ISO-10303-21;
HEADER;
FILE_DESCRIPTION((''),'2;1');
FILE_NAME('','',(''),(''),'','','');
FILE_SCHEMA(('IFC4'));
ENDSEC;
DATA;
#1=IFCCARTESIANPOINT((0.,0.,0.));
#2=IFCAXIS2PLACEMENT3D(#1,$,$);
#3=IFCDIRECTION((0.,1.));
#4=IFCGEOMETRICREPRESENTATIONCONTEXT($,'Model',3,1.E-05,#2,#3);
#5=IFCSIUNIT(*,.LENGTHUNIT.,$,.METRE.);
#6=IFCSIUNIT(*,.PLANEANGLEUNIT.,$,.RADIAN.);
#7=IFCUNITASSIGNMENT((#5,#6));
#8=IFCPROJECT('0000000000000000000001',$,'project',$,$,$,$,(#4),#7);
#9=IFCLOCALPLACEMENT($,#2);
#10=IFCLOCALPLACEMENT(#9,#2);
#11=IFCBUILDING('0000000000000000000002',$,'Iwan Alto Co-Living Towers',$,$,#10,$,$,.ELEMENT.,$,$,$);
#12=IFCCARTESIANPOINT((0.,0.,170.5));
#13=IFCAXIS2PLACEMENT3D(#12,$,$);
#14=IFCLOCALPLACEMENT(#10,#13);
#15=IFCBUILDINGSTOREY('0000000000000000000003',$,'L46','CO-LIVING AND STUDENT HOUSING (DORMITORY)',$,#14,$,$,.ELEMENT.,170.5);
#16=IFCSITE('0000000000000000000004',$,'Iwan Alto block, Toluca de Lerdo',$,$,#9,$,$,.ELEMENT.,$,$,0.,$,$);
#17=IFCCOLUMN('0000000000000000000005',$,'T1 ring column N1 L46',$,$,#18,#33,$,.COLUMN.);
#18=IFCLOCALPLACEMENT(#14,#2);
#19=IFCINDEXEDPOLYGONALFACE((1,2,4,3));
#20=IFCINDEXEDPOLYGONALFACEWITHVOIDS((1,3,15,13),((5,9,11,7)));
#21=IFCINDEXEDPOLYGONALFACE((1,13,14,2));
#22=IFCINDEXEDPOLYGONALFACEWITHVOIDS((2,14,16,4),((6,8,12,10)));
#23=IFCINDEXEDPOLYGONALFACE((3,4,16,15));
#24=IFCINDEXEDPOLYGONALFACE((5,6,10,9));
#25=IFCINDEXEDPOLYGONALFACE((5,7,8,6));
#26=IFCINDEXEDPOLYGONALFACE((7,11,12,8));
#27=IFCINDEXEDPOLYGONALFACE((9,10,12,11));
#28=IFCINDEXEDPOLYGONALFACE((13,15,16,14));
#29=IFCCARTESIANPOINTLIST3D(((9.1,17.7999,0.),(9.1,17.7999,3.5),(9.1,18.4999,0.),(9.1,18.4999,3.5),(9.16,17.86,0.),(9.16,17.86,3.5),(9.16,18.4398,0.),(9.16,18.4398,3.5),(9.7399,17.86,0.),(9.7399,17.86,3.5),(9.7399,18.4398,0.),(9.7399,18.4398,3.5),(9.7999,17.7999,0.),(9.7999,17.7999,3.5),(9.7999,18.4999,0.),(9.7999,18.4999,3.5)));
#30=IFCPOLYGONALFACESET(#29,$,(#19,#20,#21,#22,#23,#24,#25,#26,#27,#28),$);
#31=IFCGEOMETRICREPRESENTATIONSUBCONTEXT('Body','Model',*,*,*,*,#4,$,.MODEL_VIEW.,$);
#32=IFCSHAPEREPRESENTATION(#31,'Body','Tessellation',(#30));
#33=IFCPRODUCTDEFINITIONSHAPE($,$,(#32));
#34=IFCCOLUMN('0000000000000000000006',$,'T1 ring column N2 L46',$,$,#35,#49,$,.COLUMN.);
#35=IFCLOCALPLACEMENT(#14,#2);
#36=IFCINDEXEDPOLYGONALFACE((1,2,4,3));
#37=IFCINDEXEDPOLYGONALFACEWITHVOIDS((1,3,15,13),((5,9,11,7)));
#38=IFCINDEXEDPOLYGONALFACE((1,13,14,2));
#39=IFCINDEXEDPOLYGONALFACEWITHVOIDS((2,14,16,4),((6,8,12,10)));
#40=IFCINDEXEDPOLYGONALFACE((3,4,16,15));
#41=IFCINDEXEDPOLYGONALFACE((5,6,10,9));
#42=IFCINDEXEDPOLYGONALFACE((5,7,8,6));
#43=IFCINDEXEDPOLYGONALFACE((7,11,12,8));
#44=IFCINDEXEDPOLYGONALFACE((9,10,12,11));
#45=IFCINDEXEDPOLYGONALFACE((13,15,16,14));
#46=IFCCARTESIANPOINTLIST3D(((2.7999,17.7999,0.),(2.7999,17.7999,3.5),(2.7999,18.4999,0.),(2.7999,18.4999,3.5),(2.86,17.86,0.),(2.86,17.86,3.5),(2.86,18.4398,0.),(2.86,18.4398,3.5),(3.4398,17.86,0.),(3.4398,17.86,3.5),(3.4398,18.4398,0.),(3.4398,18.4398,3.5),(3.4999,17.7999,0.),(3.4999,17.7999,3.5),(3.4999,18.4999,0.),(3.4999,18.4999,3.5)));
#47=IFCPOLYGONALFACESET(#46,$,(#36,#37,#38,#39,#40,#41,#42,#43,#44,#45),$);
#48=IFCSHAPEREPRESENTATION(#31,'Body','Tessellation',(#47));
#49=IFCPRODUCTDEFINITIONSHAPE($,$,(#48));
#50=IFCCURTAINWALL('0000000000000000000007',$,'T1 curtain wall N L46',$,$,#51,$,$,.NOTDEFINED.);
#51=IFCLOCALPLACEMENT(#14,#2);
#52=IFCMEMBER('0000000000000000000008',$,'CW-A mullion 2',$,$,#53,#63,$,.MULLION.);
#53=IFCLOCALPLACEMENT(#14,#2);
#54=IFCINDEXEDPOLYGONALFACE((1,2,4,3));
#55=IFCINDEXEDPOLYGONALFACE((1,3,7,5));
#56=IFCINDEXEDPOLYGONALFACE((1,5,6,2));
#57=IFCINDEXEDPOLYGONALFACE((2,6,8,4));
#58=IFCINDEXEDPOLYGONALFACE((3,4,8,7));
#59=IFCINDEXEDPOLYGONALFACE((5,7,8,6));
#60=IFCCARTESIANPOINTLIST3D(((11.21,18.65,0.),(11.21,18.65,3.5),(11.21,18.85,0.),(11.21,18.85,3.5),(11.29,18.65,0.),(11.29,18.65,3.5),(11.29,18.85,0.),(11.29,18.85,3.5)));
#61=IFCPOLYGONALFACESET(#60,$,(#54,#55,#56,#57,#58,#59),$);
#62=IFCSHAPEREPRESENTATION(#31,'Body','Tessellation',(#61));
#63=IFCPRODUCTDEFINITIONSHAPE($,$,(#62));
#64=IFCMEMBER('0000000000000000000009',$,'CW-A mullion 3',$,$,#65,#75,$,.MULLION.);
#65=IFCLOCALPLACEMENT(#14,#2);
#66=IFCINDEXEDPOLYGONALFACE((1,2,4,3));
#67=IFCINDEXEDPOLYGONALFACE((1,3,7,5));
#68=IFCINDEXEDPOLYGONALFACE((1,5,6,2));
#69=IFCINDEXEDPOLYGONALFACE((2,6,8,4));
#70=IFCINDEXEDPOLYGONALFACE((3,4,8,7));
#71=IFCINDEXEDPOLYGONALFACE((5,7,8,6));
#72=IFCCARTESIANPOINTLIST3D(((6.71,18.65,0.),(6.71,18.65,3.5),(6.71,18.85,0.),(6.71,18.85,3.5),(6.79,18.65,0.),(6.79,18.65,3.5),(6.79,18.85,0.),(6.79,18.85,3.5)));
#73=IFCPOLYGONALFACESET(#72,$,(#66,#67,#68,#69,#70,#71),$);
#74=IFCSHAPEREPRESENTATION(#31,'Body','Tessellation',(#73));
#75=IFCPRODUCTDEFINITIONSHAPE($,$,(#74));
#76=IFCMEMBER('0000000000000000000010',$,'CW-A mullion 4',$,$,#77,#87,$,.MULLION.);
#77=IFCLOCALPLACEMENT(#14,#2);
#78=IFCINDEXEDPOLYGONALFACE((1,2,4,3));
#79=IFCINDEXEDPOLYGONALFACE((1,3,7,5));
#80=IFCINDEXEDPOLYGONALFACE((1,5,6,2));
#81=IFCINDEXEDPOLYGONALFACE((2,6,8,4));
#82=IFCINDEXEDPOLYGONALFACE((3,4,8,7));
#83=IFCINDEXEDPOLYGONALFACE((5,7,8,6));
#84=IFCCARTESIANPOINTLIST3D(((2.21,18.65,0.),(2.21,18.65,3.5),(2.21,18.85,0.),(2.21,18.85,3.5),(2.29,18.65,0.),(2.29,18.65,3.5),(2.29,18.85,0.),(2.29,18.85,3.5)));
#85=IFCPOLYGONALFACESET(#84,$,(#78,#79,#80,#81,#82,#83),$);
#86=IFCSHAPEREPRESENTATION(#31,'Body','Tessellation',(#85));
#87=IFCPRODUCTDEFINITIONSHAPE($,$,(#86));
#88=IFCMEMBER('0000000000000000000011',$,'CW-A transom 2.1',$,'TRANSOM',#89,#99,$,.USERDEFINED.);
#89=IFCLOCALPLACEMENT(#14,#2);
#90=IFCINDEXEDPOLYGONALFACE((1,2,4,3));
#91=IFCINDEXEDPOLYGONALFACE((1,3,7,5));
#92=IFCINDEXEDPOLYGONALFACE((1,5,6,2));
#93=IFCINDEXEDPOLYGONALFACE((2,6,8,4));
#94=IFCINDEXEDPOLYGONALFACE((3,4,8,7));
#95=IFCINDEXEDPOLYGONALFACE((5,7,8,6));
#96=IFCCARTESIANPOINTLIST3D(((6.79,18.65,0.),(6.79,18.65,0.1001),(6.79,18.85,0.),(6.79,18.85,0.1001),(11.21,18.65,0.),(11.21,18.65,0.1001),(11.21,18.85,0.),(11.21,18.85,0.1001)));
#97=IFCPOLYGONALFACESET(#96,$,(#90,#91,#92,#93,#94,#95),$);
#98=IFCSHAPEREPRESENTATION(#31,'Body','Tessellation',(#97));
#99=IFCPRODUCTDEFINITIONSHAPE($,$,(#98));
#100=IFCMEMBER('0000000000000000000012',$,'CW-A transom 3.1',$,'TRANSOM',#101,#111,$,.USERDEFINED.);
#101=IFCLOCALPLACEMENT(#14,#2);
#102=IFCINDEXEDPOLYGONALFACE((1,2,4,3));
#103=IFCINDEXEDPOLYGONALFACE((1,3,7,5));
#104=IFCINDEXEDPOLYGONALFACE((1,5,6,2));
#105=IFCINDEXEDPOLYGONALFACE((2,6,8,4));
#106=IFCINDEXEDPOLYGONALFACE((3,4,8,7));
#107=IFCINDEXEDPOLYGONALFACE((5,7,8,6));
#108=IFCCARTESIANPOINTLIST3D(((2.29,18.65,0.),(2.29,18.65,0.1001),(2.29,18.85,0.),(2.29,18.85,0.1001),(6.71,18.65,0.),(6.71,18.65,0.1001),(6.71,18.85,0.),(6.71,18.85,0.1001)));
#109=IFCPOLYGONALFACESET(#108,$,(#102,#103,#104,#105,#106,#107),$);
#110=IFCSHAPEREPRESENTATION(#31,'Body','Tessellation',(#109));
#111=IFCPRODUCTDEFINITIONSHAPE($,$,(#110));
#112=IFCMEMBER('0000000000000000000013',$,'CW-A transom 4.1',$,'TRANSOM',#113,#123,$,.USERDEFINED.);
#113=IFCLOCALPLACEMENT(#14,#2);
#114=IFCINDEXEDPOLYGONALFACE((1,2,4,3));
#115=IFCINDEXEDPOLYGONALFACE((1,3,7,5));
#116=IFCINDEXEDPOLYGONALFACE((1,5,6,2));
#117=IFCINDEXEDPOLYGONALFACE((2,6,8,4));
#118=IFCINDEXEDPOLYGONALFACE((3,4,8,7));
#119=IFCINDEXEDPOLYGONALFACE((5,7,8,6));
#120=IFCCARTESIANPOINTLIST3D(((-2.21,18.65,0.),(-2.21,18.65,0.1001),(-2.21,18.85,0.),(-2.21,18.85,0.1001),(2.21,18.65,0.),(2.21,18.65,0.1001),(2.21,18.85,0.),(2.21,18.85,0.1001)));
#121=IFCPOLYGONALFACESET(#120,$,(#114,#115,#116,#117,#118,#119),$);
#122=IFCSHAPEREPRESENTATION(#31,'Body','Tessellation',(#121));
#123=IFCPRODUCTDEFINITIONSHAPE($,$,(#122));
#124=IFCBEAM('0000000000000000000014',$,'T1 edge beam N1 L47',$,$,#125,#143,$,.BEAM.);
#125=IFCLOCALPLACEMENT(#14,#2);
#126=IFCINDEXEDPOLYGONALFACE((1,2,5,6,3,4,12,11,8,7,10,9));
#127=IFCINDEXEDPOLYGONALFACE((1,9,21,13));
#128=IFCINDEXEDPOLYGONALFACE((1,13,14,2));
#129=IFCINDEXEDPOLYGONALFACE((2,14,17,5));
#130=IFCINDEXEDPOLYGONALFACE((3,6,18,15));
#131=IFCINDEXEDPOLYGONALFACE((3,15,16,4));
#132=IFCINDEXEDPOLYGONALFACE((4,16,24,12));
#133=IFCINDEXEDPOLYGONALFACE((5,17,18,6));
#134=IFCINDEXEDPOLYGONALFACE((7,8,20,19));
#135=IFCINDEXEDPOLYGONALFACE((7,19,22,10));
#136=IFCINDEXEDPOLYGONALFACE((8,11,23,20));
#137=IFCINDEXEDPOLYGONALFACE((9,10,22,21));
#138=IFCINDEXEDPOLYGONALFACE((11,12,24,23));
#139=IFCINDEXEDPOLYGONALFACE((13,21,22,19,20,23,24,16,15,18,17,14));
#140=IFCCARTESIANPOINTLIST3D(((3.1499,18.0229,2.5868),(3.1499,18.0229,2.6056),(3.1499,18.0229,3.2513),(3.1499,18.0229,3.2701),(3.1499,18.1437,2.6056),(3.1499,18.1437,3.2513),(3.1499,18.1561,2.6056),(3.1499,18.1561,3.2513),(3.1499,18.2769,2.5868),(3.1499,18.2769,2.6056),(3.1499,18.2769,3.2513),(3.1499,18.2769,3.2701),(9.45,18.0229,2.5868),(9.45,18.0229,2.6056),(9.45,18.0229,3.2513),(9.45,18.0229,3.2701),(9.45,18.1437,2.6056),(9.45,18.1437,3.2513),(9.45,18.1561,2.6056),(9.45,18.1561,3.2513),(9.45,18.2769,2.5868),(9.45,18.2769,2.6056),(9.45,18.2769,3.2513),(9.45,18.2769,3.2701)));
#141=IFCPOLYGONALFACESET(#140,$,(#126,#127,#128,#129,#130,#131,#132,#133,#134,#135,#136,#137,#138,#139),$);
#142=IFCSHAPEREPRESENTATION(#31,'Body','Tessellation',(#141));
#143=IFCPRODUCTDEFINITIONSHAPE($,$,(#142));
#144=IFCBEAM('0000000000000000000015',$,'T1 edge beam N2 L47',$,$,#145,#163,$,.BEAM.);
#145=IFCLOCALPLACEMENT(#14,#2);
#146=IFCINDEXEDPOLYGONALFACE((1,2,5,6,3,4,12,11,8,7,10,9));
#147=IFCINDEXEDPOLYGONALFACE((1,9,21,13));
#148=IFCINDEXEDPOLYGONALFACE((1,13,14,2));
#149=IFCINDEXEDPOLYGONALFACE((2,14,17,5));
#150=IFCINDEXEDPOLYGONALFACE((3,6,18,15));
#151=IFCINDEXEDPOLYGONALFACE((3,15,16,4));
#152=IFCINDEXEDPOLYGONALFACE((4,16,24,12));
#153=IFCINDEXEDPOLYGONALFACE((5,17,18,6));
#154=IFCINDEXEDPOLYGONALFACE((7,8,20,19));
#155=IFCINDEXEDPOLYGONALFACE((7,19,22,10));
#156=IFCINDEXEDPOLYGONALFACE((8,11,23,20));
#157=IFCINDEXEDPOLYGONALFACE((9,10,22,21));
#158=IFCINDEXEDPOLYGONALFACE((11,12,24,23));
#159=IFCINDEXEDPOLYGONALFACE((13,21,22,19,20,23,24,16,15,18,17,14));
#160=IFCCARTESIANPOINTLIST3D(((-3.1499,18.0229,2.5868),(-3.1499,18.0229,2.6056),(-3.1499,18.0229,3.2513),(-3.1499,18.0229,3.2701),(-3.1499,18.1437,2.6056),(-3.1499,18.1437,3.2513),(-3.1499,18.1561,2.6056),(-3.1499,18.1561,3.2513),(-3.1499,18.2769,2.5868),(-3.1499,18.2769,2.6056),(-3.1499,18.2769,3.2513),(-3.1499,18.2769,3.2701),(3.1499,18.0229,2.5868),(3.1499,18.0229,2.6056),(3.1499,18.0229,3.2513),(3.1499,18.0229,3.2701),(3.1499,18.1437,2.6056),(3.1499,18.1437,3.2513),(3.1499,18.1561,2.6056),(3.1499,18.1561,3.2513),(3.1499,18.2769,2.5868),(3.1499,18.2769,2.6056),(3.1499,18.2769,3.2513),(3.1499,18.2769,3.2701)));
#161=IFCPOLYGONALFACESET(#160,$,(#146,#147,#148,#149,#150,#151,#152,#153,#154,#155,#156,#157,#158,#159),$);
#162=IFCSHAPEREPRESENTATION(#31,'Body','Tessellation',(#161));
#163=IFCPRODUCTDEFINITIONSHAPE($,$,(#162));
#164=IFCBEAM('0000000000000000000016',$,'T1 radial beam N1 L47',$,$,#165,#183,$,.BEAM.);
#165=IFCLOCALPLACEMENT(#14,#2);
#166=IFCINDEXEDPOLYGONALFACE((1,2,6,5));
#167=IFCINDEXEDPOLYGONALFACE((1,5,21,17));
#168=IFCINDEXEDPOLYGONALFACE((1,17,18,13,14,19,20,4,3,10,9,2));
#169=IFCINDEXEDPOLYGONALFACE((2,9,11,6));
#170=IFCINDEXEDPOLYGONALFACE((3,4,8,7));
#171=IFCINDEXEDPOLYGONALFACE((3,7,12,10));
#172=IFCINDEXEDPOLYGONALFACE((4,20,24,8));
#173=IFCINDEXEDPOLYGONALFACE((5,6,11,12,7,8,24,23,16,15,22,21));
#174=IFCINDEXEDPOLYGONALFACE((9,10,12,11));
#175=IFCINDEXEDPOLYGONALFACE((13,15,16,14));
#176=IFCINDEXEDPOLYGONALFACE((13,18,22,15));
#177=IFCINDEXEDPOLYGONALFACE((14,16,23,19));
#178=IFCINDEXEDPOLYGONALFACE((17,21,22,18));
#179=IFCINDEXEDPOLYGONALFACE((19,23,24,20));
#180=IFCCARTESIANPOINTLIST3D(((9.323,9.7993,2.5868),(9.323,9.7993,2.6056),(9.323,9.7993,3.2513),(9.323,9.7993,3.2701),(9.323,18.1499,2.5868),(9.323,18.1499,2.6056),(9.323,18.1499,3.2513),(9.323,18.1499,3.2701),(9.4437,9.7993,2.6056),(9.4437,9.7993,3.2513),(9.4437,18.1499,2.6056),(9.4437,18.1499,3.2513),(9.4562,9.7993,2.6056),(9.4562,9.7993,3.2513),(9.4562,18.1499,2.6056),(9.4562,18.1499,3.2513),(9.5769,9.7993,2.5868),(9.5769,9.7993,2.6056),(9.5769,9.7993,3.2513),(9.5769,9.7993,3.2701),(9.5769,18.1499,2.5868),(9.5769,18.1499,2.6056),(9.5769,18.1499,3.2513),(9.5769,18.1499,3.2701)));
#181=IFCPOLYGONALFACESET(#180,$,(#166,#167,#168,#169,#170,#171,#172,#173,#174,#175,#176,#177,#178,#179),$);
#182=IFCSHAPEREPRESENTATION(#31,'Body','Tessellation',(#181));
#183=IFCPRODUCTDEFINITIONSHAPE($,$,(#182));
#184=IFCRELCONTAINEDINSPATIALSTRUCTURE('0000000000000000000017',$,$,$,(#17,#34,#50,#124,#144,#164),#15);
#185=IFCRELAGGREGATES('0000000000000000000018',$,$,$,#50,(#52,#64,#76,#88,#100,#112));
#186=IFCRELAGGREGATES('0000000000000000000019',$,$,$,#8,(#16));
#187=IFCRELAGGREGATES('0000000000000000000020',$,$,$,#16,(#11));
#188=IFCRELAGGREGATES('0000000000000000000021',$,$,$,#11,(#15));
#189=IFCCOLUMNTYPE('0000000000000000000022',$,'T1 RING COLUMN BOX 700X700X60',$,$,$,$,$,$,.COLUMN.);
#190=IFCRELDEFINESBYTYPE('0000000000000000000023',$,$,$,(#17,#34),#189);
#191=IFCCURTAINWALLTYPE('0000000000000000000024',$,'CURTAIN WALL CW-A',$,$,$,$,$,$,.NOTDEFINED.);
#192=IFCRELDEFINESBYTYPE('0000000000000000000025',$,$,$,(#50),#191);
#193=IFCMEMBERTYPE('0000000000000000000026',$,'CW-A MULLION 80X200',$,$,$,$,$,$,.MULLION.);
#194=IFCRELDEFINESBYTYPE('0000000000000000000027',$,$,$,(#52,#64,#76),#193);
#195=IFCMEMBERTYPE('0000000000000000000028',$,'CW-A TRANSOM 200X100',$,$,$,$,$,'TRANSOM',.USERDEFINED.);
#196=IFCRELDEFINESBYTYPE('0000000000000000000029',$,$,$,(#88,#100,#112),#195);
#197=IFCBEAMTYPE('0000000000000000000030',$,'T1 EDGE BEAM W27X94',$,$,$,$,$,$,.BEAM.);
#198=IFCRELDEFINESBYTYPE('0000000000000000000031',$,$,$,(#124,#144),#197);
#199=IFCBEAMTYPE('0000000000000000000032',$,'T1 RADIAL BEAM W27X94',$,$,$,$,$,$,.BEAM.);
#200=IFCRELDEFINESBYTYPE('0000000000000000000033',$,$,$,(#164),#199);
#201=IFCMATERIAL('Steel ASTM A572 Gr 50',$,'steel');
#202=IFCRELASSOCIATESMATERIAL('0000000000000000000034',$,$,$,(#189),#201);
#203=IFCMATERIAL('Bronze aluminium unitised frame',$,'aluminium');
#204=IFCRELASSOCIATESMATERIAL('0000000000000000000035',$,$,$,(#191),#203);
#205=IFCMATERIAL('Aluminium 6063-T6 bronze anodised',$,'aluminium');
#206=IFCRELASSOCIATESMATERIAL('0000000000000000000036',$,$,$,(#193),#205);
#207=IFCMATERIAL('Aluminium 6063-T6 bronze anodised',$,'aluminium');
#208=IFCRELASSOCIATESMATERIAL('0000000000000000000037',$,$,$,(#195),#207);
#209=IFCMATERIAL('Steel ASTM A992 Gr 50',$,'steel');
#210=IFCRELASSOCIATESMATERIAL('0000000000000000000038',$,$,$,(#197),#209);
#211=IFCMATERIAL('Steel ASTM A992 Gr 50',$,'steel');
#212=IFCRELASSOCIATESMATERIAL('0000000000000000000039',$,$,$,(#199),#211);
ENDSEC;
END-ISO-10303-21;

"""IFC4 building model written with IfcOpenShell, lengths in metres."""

from ifc_helpers import new_model, si_unit, direction, frame, origin, origin_2d, place, context, subcontext, project, spatial, rectangle, hollow_rectangle, i_section, extrude, material, material_profile, profile_set, type_object, element, aggregate, save


model = new_model("IFC4")

# Units and contexts
model_context = context("Model", 3, precision=1e-05, world=origin(), true_north=direction((0.0, 1.0)))
body_context = subcontext(model_context, "Body", "Model", "MODEL_VIEW")
ifc_project = project(units=[si_unit("LENGTHUNIT", "METRE"), si_unit("PLANEANGLEUNIT", "RADIAN")], contexts=[model_context])

# Site, building, storey
site_placement = place(None, origin())
site = spatial("IfcSite", under=ifc_project, at=site_placement, Name="Iwan Alto block, Toluca de Lerdo", CompositionType="ELEMENT", RefElevation=0.0)
building_placement = place(site_placement, origin())
building = spatial("IfcBuilding", under=site, at=building_placement, Name="Iwan Alto Co-Living Towers", CompositionType="ELEMENT")
storey_placement = place(building_placement, frame((0.0, 0.0, 170.5)))
storey = spatial("IfcBuildingStorey", under=building, at=storey_placement, Name="L46", Description="CO-LIVING AND STUDENT HOUSING (DORMITORY)", CompositionType="ELEMENT", Elevation=170.5)

# Columns
ifc_material_1 = material(Name="Steel ASTM A572 Gr 50", Category="steel")
ifc_material_profile_1 = material_profile(ifc_material_1, hollow_rectangle(XDim=0.7, YDim=0.7, WallThickness=0.0601, at=origin_2d()), Name="BOX 700X700X60")
ifc_profile_set_1 = profile_set([ifc_material_profile_1], Name="Steel ASTM A572 Gr 50")
column_type = type_object("IfcColumnType", Name="T1 RING COLUMN BOX 700X700X60", PredefinedType="COLUMN", material=ifc_profile_set_1)
for number, where, z_axis, x_axis, name in (
    (1, (9.45, 18.1499, 0.0), (0.0, 0.0, 1.0), (1.0, 0.0, 0.0), "T1 ring column N1 L46"),
    (2, (3.1499, 18.1499, 0.0), (0.0, 0.0, 1.0), (1.0, 0.0, 0.0), "T1 ring column N2 L46"),
):
    element("IfcColumn", number, at=place(storey_placement, frame(where, z_axis=z_axis, x_axis=x_axis)), inside=storey, type_object=column_type, Name=name, PredefinedType="COLUMN", context=body_context, shape_type="SweptSolid", body=[
        extrude(hollow_rectangle(XDim=0.7, YDim=0.7, WallThickness=0.0601, at=origin_2d()), origin(), (0.0, 0.0, 1.0), 3.5),
    ])

# Curtain wall, members
ifc_material_2 = material(Name="Bronze aluminium unitised frame", Category="aluminium")
curtain_wall_type = type_object("IfcCurtainWallType", Name="CURTAIN WALL CW-A", PredefinedType="NOTDEFINED", material=ifc_material_2)
curtain_wall_placement = place(storey_placement, origin())
curtain_wall = element("IfcCurtainWall", 3, at=curtain_wall_placement, inside=storey, type_object=curtain_wall_type, Name="T1 curtain wall N L46", PredefinedType="NOTDEFINED")
ifc_material_3 = material(Name="Aluminium 6063-T6 bronze anodised", Category="aluminium")
ifc_material_profile_2 = material_profile(ifc_material_3, rectangle(XDim=0.2, YDim=0.0801, at=origin_2d()), Name="AL 80X200")
ifc_profile_set_2 = profile_set([ifc_material_profile_2], Name="Aluminium 6063-T6 bronze anodised")
member_type_1 = type_object("IfcMemberType", Name="CW-A MULLION 80X200", PredefinedType="MULLION", material=ifc_profile_set_2)
member_1_placement = place(storey_placement, frame((11.25, 18.75, 0.0), z_axis=(0.0, 0.0, 1.0), x_axis=(0.0, -1.0, 0.0)))
member_1 = element("IfcMember", 4, at=member_1_placement, type_object=member_type_1, Name="CW-A mullion 2", PredefinedType="MULLION", context=body_context, shape_type="SweptSolid", body=[
    extrude(rectangle(XDim=0.2, YDim=0.0801, at=origin_2d()), origin(), (0.0, 0.0, 1.0), 3.5),
])
member_2_placement = place(storey_placement, frame((6.75, 18.75, 0.0), z_axis=(0.0, 0.0, 1.0), x_axis=(0.0, -1.0, 0.0)))
member_2 = element("IfcMember", 5, at=member_2_placement, type_object=member_type_1, Name="CW-A mullion 3", PredefinedType="MULLION", context=body_context, shape_type="SweptSolid", body=[
    extrude(rectangle(XDim=0.2, YDim=0.0801, at=origin_2d()), origin(), (0.0, 0.0, 1.0), 3.5),
])
member_3_placement = place(storey_placement, frame((2.25, 18.75, 0.0), z_axis=(0.0, 0.0, 1.0), x_axis=(0.0, -1.0, 0.0)))
member_3 = element("IfcMember", 6, at=member_3_placement, type_object=member_type_1, Name="CW-A mullion 4", PredefinedType="MULLION", context=body_context, shape_type="SweptSolid", body=[
    extrude(rectangle(XDim=0.2, YDim=0.0801, at=origin_2d()), origin(), (0.0, 0.0, 1.0), 3.5),
])
ifc_material_4 = material(Name="Aluminium 6063-T6 bronze anodised", Category="aluminium")
ifc_material_profile_3 = material_profile(ifc_material_4, rectangle(XDim=0.2, YDim=0.1001, at=origin_2d()), Name="AL 200X100")
ifc_profile_set_3 = profile_set([ifc_material_profile_3], Name="Aluminium 6063-T6 bronze anodised")
member_type_2 = type_object("IfcMemberType", Name="CW-A TRANSOM 200X100", ElementType="TRANSOM", PredefinedType="USERDEFINED", material=ifc_profile_set_3)
member_4_placement = place(storey_placement, frame((11.21, 18.75, 0.05), z_axis=(-1.0, 0.0, 0.0), x_axis=(0.0, -1.0, 0.0)))
member_4 = element("IfcMember", 7, at=member_4_placement, type_object=member_type_2, Name="CW-A transom 2.1", ObjectType="TRANSOM", PredefinedType="USERDEFINED", context=body_context, shape_type="SweptSolid", body=[
    extrude(rectangle(XDim=0.2, YDim=0.1001, at=origin_2d()), origin(), (0.0, 0.0, 1.0), 4.4199),
])
member_5_placement = place(storey_placement, frame((6.71, 18.75, 0.05), z_axis=(-1.0, 0.0, 0.0), x_axis=(0.0, -1.0, 0.0)))
member_5 = element("IfcMember", 8, at=member_5_placement, type_object=member_type_2, Name="CW-A transom 3.1", ObjectType="TRANSOM", PredefinedType="USERDEFINED", context=body_context, shape_type="SweptSolid", body=[
    extrude(rectangle(XDim=0.2, YDim=0.1001, at=origin_2d()), origin(), (0.0, 0.0, 1.0), 4.4199),
])
member_6_placement = place(storey_placement, frame((2.21, 18.75, 0.05), z_axis=(-1.0, 0.0, 0.0), x_axis=(0.0, -1.0, 0.0)))
member_6 = element("IfcMember", 9, at=member_6_placement, type_object=member_type_2, Name="CW-A transom 4.1", ObjectType="TRANSOM", PredefinedType="USERDEFINED", context=body_context, shape_type="SweptSolid", body=[
    extrude(rectangle(XDim=0.2, YDim=0.1001, at=origin_2d()), origin(), (0.0, 0.0, 1.0), 4.4199),
])

# Beams
ifc_material_5 = material(Name="Steel ASTM A992 Gr 50", Category="steel")
ifc_material_profile_4 = material_profile(ifc_material_5, i_section(OverallWidth=0.2539, OverallDepth=0.6833, WebThickness=0.0125, FlangeThickness=0.0188, at=origin_2d()), Name="W27X94")
ifc_profile_set_4 = profile_set([ifc_material_profile_4], Name="Steel ASTM A992 Gr 50")
beam_type_1 = type_object("IfcBeamType", Name="T1 EDGE BEAM W27X94", PredefinedType="BEAM", material=ifc_profile_set_4)
beam_1_placement = place(storey_placement, frame((9.45, 18.1499, 2.9285), z_axis=(-1.0, 0.0, 0.0), x_axis=(0.0, -1.0, 0.0)))
element("IfcBeam", 10, at=beam_1_placement, inside=storey, type_object=beam_type_1, Name="T1 edge beam N1 L47", PredefinedType="BEAM", context=body_context, shape_type="SweptSolid", body=[
    extrude(i_section(OverallWidth=0.2539, OverallDepth=0.6833, WebThickness=0.0125, FlangeThickness=0.0188, at=origin_2d()), origin(), (0.0, 0.0, 1.0), 6.3),
])
beam_2_placement = place(storey_placement, frame((3.1499, 18.1499, 2.9285), z_axis=(-1.0, 0.0, 0.0), x_axis=(0.0, -1.0, 0.0)))
element("IfcBeam", 11, at=beam_2_placement, inside=storey, type_object=beam_type_1, Name="T1 edge beam N2 L47", PredefinedType="BEAM", context=body_context, shape_type="SweptSolid", body=[
    extrude(i_section(OverallWidth=0.2539, OverallDepth=0.6833, WebThickness=0.0125, FlangeThickness=0.0188, at=origin_2d()), origin(), (0.0, 0.0, 1.0), 6.2998),
])
ifc_material_6 = material(Name="Steel ASTM A992 Gr 50", Category="steel")
ifc_material_profile_5 = material_profile(ifc_material_6, i_section(OverallWidth=0.2539, OverallDepth=0.6833, WebThickness=0.0125, FlangeThickness=0.0188, at=origin_2d()), Name="W27X94")
ifc_profile_set_5 = profile_set([ifc_material_profile_5], Name="Steel ASTM A992 Gr 50")
beam_type_2 = type_object("IfcBeamType", Name="T1 RADIAL BEAM W27X94", PredefinedType="BEAM", material=ifc_profile_set_5)
for number, where, z_axis, x_axis, name in (
    (12, (9.45, 18.1499, 2.9285), (0.0, -1.0, 0.0), (1.0, 0.0, 0.0), "T1 radial beam N1 L47"),
):
    element("IfcBeam", number, at=place(storey_placement, frame(where, z_axis=z_axis, x_axis=x_axis)), inside=storey, type_object=beam_type_2, Name=name, PredefinedType="BEAM", context=body_context, shape_type="SweptSolid", body=[
        extrude(i_section(OverallWidth=0.2539, OverallDepth=0.6833, WebThickness=0.0125, FlangeThickness=0.0188, at=origin_2d()), origin(), (0.0, 0.0, 1.0), 8.3506),
    ])

aggregate(curtain_wall, [member_1, member_2, member_3, member_4, member_5, member_6])

save(model, "model.ifc")
